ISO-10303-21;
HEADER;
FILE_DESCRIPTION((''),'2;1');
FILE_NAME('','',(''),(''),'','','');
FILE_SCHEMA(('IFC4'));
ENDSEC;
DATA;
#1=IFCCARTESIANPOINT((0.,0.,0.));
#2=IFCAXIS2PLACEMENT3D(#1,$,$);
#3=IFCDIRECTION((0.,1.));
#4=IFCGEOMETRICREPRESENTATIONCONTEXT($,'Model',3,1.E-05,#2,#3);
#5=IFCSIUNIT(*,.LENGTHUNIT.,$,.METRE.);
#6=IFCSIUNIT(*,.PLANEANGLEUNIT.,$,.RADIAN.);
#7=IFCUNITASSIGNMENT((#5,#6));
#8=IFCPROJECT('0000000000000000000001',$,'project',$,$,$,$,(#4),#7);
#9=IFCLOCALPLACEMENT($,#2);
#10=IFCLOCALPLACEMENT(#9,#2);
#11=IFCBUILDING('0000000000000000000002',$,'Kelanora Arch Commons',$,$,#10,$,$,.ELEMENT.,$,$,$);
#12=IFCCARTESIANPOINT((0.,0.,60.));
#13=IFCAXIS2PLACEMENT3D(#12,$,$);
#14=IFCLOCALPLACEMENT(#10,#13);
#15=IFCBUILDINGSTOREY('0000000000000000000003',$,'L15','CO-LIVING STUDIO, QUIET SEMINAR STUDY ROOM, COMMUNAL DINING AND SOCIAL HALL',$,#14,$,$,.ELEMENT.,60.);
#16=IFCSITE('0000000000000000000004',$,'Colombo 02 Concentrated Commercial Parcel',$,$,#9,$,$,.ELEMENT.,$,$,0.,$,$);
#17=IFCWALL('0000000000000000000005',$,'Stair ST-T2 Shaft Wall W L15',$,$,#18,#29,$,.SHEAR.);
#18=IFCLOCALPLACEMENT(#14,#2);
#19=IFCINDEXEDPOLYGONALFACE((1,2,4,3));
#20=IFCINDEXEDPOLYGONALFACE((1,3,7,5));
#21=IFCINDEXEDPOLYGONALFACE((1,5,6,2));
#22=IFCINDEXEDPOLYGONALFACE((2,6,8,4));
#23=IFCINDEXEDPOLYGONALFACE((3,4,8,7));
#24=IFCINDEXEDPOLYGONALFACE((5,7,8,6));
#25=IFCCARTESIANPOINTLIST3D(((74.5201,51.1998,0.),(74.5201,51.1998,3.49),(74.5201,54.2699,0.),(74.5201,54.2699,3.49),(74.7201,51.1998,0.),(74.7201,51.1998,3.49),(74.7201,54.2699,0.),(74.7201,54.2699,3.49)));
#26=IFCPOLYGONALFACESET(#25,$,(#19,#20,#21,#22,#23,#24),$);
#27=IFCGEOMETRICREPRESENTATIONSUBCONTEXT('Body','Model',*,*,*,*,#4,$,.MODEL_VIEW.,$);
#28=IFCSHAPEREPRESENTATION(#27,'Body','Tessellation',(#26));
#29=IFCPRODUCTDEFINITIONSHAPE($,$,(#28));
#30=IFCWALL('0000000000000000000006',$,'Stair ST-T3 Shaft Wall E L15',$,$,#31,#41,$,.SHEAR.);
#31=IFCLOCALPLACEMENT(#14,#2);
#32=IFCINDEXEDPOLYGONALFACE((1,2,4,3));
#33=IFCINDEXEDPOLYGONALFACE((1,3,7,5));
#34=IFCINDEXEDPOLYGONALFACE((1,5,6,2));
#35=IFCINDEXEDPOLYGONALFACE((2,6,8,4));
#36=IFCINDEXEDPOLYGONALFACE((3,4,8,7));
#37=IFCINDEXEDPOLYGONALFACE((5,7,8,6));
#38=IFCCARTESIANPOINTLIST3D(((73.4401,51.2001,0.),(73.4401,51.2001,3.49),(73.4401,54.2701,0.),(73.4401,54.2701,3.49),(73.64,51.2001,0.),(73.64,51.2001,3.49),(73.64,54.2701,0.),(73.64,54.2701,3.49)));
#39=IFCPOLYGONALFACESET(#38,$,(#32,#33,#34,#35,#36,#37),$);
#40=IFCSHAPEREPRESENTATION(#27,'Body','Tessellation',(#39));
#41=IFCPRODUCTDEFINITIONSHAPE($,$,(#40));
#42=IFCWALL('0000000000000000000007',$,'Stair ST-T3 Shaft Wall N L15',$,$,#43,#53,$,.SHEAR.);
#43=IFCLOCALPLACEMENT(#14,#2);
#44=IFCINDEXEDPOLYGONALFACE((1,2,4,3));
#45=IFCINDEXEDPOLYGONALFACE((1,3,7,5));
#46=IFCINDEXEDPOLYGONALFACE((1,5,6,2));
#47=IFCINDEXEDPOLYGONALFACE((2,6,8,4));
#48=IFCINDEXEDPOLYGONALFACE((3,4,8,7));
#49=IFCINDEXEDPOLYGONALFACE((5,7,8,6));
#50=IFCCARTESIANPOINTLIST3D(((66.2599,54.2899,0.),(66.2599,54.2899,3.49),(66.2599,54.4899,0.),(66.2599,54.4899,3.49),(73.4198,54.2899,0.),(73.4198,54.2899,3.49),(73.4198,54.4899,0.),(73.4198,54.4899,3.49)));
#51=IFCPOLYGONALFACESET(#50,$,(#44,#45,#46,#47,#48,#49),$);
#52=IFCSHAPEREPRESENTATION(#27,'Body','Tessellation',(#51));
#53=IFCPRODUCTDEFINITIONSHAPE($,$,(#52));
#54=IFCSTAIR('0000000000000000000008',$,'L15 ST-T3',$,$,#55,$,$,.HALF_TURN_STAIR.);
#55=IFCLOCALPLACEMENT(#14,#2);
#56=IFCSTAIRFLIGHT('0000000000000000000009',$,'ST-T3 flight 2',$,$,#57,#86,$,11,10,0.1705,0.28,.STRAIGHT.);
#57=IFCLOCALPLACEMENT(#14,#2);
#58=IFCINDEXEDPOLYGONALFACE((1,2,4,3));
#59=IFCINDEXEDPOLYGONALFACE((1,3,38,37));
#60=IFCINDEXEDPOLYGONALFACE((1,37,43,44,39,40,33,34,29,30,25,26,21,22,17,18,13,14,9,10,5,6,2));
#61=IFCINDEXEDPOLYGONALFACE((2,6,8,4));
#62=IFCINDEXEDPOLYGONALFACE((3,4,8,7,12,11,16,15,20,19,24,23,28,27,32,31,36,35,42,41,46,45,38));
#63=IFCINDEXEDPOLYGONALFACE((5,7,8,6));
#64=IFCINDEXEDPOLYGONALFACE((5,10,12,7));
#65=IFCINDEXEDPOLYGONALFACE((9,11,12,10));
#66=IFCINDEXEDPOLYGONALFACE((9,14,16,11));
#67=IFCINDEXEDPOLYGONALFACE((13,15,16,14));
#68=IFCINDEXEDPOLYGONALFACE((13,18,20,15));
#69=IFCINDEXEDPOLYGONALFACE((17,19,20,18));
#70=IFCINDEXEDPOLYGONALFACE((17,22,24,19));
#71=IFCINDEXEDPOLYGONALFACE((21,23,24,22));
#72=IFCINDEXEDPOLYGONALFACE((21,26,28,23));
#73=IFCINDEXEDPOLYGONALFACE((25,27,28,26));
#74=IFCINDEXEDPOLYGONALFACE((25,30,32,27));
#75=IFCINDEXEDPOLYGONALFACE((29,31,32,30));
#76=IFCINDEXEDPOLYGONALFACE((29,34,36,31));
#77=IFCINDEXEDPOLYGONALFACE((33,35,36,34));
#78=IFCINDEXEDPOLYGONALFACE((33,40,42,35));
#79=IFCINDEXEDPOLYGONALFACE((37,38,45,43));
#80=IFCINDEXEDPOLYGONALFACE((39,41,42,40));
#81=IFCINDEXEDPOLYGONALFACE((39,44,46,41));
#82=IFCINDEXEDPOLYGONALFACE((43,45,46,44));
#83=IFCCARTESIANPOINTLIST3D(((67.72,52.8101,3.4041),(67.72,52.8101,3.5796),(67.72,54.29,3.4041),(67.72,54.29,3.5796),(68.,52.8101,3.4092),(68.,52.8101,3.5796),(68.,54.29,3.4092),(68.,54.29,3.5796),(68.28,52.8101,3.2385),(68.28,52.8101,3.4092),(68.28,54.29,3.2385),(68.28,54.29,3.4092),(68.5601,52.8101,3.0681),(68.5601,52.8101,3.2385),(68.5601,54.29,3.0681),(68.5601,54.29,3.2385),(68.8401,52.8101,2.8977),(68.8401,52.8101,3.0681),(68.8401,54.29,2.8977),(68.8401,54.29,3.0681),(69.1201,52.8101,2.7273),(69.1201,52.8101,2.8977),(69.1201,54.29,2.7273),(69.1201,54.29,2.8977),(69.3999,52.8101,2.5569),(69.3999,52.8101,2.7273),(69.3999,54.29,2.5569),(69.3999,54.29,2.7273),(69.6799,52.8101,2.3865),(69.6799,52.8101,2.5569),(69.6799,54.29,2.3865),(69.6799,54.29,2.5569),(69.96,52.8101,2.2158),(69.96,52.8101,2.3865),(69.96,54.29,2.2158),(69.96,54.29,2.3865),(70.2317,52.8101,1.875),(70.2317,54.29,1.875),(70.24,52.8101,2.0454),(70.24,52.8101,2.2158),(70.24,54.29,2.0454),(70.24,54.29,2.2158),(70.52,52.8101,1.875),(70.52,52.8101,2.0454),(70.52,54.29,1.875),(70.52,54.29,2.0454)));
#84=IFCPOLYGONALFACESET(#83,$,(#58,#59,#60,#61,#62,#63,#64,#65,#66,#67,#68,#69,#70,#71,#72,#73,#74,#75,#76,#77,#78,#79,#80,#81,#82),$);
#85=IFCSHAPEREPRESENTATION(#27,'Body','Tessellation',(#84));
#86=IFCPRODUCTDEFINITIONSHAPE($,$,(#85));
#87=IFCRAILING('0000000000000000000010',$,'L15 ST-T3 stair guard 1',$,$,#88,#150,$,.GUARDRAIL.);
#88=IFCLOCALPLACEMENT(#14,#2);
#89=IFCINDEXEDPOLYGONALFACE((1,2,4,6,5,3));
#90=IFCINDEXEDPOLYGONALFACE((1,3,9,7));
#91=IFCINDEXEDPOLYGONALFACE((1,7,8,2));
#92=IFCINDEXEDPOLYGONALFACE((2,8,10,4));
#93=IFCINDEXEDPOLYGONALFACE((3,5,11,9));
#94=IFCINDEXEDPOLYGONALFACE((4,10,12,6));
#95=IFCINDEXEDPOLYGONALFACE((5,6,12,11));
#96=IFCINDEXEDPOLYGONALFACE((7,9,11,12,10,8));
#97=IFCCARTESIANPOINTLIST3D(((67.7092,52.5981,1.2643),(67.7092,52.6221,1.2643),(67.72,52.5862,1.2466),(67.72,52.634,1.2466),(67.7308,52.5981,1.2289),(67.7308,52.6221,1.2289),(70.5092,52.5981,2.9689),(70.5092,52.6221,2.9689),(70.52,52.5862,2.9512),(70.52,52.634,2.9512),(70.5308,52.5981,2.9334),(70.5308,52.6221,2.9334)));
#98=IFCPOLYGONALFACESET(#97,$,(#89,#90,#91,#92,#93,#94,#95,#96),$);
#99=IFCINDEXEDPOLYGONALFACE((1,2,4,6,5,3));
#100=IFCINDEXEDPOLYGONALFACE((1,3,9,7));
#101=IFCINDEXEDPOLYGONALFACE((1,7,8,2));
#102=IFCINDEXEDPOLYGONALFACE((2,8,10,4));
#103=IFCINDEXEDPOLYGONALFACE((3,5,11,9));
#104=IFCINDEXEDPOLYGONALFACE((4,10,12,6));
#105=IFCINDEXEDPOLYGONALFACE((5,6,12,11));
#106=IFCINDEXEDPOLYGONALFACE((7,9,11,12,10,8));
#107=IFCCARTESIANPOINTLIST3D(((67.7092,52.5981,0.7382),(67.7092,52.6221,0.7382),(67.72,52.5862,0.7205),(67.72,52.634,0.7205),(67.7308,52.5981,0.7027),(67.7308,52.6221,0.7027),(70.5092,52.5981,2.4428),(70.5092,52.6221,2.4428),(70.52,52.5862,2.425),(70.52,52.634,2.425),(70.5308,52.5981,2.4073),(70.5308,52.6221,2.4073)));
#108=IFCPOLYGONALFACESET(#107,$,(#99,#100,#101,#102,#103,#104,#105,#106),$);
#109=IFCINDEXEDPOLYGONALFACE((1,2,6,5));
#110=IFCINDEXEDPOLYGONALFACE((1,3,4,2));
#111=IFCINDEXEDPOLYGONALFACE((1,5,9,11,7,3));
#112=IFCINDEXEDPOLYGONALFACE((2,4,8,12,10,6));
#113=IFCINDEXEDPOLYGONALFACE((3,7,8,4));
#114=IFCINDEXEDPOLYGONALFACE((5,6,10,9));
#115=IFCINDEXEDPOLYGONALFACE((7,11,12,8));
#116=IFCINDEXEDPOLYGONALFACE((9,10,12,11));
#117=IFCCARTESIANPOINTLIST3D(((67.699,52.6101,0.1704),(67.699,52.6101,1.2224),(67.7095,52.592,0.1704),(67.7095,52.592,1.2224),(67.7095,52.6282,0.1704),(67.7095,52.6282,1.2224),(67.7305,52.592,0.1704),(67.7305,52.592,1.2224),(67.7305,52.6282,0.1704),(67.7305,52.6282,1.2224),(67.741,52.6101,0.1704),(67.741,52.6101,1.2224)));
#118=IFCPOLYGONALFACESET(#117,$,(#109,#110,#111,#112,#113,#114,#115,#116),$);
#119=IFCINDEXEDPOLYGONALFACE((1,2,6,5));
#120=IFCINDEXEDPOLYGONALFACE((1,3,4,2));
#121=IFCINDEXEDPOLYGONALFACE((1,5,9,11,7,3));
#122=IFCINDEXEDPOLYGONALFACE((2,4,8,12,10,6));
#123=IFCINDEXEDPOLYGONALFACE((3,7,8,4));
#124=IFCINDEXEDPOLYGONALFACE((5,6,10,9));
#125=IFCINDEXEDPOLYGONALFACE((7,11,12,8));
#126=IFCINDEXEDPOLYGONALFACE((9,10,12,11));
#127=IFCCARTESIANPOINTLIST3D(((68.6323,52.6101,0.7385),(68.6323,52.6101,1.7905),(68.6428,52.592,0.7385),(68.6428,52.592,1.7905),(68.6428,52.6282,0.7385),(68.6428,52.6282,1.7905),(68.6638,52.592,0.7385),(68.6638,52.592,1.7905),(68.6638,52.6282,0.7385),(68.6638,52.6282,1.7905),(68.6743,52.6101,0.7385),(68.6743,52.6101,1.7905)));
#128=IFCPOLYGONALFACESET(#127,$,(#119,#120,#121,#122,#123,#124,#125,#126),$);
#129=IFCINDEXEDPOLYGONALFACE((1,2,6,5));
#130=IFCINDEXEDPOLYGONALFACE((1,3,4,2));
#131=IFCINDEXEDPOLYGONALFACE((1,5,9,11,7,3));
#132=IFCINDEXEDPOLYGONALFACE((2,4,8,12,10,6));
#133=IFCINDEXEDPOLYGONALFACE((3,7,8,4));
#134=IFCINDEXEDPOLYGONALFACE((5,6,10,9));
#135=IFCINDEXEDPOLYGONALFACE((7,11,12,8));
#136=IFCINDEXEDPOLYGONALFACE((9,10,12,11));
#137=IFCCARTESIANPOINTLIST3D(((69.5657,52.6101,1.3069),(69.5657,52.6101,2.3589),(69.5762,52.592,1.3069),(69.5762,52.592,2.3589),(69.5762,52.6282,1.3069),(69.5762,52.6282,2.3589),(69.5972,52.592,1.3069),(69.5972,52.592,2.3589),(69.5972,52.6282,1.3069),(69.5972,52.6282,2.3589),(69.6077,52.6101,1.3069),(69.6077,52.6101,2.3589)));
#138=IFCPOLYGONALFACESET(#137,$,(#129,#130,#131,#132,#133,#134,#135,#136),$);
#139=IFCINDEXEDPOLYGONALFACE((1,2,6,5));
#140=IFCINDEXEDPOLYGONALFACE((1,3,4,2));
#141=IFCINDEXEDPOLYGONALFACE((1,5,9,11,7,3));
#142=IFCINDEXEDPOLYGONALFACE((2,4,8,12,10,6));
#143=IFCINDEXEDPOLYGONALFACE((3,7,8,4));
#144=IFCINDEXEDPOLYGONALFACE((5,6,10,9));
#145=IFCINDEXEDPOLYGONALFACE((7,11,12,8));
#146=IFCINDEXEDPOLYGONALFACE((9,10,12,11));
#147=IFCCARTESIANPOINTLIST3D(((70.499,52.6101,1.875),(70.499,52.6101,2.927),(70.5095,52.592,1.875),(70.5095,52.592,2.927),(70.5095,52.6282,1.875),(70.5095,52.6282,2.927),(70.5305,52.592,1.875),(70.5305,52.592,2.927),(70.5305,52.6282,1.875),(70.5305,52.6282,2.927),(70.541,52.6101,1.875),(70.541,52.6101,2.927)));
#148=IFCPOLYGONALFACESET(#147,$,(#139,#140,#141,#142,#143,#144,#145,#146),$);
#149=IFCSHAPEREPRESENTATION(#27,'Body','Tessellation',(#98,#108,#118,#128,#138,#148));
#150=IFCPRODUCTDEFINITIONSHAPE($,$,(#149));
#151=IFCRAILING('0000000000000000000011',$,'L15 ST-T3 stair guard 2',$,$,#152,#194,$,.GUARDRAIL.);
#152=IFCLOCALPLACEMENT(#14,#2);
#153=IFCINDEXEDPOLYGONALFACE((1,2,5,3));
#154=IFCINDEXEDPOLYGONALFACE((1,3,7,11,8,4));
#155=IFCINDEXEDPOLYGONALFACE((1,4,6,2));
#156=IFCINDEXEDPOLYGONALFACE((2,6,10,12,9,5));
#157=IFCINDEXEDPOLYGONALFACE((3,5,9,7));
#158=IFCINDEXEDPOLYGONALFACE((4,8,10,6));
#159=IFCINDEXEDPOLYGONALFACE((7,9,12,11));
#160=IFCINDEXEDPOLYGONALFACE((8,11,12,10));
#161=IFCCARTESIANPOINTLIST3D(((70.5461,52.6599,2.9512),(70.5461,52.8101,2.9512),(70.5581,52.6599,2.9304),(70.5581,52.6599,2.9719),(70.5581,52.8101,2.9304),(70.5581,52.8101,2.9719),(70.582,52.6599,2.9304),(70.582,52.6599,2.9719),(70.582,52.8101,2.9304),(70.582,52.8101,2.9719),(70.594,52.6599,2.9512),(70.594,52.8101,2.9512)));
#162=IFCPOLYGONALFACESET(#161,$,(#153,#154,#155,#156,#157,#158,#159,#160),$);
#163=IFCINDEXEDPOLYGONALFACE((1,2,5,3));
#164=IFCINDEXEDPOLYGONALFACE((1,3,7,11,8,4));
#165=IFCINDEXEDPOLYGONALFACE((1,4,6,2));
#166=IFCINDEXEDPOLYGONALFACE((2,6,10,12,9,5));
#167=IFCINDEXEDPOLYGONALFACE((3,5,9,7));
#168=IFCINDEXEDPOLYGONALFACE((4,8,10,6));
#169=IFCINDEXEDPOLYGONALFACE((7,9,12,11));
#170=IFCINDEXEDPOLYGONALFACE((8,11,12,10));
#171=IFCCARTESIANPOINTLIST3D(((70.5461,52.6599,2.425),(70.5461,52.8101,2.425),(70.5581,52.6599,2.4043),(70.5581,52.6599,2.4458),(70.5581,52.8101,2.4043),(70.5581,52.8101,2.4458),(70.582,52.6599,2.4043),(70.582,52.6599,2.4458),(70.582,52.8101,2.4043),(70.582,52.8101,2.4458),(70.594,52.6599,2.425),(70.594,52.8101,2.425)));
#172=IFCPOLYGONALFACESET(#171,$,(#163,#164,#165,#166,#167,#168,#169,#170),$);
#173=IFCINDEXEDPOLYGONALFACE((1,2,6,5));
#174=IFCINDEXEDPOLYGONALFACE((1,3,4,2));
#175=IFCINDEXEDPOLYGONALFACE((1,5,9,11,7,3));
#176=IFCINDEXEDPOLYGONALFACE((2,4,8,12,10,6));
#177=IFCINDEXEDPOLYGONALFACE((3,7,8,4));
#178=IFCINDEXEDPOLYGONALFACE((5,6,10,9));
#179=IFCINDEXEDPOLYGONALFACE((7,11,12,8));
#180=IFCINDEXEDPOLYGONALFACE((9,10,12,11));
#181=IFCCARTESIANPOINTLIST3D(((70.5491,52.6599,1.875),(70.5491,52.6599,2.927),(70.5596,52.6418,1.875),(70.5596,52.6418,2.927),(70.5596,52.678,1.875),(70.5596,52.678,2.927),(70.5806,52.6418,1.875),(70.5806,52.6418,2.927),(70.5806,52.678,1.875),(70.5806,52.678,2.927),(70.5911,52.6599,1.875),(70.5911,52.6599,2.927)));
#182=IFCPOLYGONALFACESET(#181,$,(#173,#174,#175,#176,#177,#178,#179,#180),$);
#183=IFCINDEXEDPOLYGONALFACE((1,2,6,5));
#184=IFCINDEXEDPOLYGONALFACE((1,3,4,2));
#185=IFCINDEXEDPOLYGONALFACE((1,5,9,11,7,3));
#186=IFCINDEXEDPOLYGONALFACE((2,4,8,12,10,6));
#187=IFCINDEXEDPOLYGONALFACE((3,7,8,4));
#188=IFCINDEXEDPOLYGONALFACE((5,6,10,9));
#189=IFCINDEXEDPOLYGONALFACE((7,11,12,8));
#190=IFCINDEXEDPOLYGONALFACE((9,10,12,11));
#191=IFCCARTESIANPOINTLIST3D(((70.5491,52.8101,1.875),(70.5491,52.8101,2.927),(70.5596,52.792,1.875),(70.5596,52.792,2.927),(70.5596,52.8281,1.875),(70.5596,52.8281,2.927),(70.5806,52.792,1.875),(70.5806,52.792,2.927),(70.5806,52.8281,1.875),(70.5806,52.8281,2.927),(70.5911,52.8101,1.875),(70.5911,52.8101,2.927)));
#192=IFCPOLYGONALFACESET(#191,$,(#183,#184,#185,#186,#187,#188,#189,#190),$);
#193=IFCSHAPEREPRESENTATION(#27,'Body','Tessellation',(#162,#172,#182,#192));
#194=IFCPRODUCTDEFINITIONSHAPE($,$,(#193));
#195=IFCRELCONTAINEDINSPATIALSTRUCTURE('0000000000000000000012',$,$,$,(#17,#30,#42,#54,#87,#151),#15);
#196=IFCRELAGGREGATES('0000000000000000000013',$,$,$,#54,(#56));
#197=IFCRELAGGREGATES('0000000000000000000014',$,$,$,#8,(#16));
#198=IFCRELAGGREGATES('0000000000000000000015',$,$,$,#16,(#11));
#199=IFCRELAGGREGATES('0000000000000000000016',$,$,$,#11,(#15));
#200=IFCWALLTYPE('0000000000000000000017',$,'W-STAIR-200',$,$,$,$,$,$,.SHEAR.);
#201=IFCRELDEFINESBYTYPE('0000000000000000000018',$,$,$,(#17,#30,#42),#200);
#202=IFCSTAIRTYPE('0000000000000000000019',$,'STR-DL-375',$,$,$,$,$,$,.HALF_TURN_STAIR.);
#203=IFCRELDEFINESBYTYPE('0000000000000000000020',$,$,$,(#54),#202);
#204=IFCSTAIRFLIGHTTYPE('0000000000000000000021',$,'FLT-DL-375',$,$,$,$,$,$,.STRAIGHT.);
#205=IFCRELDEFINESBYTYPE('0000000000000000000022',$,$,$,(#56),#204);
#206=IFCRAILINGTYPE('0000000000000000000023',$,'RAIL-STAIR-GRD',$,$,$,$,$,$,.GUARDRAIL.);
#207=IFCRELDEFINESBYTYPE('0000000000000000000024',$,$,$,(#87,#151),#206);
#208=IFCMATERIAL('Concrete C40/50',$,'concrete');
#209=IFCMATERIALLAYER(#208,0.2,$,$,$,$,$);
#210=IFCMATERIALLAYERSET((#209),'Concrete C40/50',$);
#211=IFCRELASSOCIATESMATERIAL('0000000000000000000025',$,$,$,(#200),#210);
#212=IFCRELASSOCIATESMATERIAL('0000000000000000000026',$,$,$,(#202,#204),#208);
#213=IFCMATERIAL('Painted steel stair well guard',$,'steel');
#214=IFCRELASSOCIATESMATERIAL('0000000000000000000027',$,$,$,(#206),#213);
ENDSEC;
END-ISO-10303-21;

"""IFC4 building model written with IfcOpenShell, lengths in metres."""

from ifc_helpers import new_model, si_unit, direction, frame, frame_2d, origin, place, context, subcontext, project, spatial, polyline, rectangle, outline, extrude, material, layer, layer_set, type_object, element, aggregate, save


model = new_model("IFC4")

# Units and contexts
model_context = context("Model", 3, precision=1e-05, world=origin(), true_north=direction((0.0, 1.0)))
body_context = subcontext(model_context, "Body", "Model", "MODEL_VIEW")
ifc_project = project(units=[si_unit("LENGTHUNIT", "METRE"), si_unit("PLANEANGLEUNIT", "RADIAN")], contexts=[model_context])

# Site, building, storey
site_placement = place(None, origin())
site = spatial("IfcSite", under=ifc_project, at=site_placement, Name="Colombo 02 Concentrated Commercial Parcel", CompositionType="ELEMENT", RefElevation=0.0)
building_placement = place(site_placement, origin())
building = spatial("IfcBuilding", under=site, at=building_placement, Name="Kelanora Arch Commons", CompositionType="ELEMENT")
storey_placement = place(building_placement, frame((0.0, 0.0, 60.0)))
storey = spatial("IfcBuildingStorey", under=building, at=storey_placement, Name="L15", Description="CO-LIVING STUDIO, QUIET SEMINAR STUDY ROOM, COMMUNAL DINING AND SOCIAL HALL", CompositionType="ELEMENT", Elevation=60.0)

# Shared definitions
ifc_material_1 = material(Name="Concrete C40/50", Category="concrete")
ifc_layer_1 = layer(ifc_material_1, 0.2)
ifc_layer_set_1 = layer_set([ifc_layer_1], Name="Concrete C40/50")
wall_type_1 = type_object("IfcWallType", Name="W-STAIR-200", PredefinedType="SHEAR", material=ifc_layer_set_1)

# Walls
for number, where, z_axis, x_axis, name in (
    (1, (74.6201, 54.27, 0.0), (0.0, 0.0, 1.0), (0.0, -1.0, 0.0), "Stair ST-T2 Shaft Wall W L15"),
    (2, (73.54, 51.2, 0.0), (0.0, 0.0, 1.0), (0.0, 1.0, 0.0), "Stair ST-T3 Shaft Wall E L15"),
):
    element("IfcWall", number, at=place(storey_placement, frame(where, z_axis=z_axis, x_axis=x_axis)), inside=storey, type_object=wall_type_1, Name=name, PredefinedType="SHEAR", context=body_context, shape_type="SweptSolid", body=[
        extrude(rectangle(XDim=3.0701, YDim=0.2, at=frame_2d((1.5352, 0.0))), origin(), (0.0, 0.0, 1.0), 3.49),
    ])
wall_1_placement = place(storey_placement, frame((73.4199, 54.3899, 0.0), z_axis=(0.0, 0.0, 1.0), x_axis=(-1.0, 0.0, 0.0)))
element("IfcWall", 3, at=wall_1_placement, inside=storey, type_object=wall_type_1, Name="Stair ST-T3 Shaft Wall N L15", PredefinedType="SHEAR", context=body_context, shape_type="SweptSolid", body=[
    extrude(rectangle(XDim=7.1599, YDim=0.2, at=frame_2d((3.5801, 0.0))), origin(), (0.0, 0.0, 1.0), 3.49),
])

# Stair, stair flight
stair_type = type_object("IfcStairType", Name="STR-DL-375", PredefinedType="HALF_TURN_STAIR", material=ifc_material_1)
stair_placement = place(storey_placement, origin())
stair = element("IfcStair", 4, at=stair_placement, inside=storey, type_object=stair_type, Name="L15 ST-T3", PredefinedType="HALF_TURN_STAIR")
stair_flight_type = type_object("IfcStairFlightType", Name="FLT-DL-375", PredefinedType="STRAIGHT", material=ifc_material_1)
stair_flight_placement = place(storey_placement, frame((70.52, 53.55, 1.875), z_axis=(0.0, 0.0, 1.0), x_axis=(-1.0, 0.0, 0.0)))
stair_flight = element("IfcStairFlight", 5, at=stair_flight_placement, type_object=stair_flight_type, Name="ST-T3 flight 2", NumberOfRisers=11, NumberOfTreads=10, PredefinedType="STRAIGHT", RiserHeight=0.1705, TreadLength=0.28, context=body_context, shape_type="SweptSolid", body=[
    extrude(outline(polyline([(0.0, 0.0), (0.0, 0.1704), (0.28, 0.1704), (0.28, 0.3408), (0.5601, 0.3408), (0.5601, 0.5115), (0.8401, 0.5115), (0.8401, 0.6819), (1.1201, 0.6819), (1.1201, 0.8523), (1.3999, 0.8523), (1.3999, 1.0227), (1.6799, 1.0227), (1.6799, 1.1931), (1.96, 1.1931), (1.96, 1.3635), (2.24, 1.3635), (2.24, 1.5342), (2.52, 1.5342), (2.52, 1.7046), (2.8, 1.7046), (2.8, 1.875), (2.8, 1.5291), (0.2883, 0.0), (0.0, 0.0)])), frame((0.0, 0.74, 0.0), z_axis=(0.0, -1.0, 0.0), x_axis=(1.0, 0.0, 0.0)), (0.0, 0.0, 1.0), 1.48),
])
aggregate(stair, [stair_flight])

# Railings
ifc_material_2 = material(Name="Painted steel stair well guard", Category="steel")
railing_type_1 = type_object("IfcRailingType", Name="RAIL-STAIR-GRD", PredefinedType="GUARDRAIL", material=ifc_material_2)
railing_1_placement = place(storey_placement, frame((67.72, 52.6101, 0.1704)))
element("IfcRailing", 6, at=railing_1_placement, inside=storey, type_object=railing_type_1, Name="L15 ST-T3 stair guard 1", PredefinedType="GUARDRAIL", context=body_context, shape_type="SweptSolid", body=[
    extrude(outline(polyline([(0.0239, 0.0), (0.012, 0.0208), (-0.012, 0.0208), (-0.0239, 0.0), (-0.012, -0.0208), (0.012, -0.0208), (0.0239, 0.0)])), frame((0.0, 0.0, 1.0762), z_axis=(0.85417, 0.0, 0.519994), x_axis=(0.0, 1.0, 0.0)), (0.0, 0.0, 1.0), 3.2781),
    extrude(outline(polyline([(0.0239, 0.0), (0.012, 0.0208), (-0.012, 0.0208), (-0.0239, 0.0), (-0.012, -0.0208), (0.012, -0.0208), (0.0239, 0.0)])), frame((0.0, 0.0, 0.55), z_axis=(0.85417, 0.0, 0.519994), x_axis=(0.0, 1.0, 0.0)), (0.0, 0.0, 1.0), 3.2781),
    extrude(outline(polyline([(0.021, 0.0), (0.0105, 0.0181), (-0.0105, 0.0181), (-0.021, 0.0), (-0.0105, -0.0181), (0.0105, -0.0181), (0.021, 0.0)])), origin(), (0.0, 0.0, 1.0), 1.052),
    extrude(outline(polyline([(0.021, 0.0), (0.0105, 0.0181), (-0.0105, 0.0181), (-0.021, 0.0), (-0.0105, -0.0181), (0.0105, -0.0181), (0.021, 0.0)])), frame((0.9333, 0.0, 0.5681)), (0.0, 0.0, 1.0), 1.052),
    extrude(outline(polyline([(0.021, 0.0), (0.0105, 0.0181), (-0.0105, 0.0181), (-0.021, 0.0), (-0.0105, -0.0181), (0.0105, -0.0181), (0.021, 0.0)])), frame((1.8667, 0.0, 1.1365)), (0.0, 0.0, 1.0), 1.052),
    extrude(outline(polyline([(0.021, 0.0), (0.0105, 0.0181), (-0.0105, 0.0181), (-0.021, 0.0), (-0.0105, -0.0181), (0.0105, -0.0181), (0.021, 0.0)])), frame((2.8, 0.0, 1.7046)), (0.0, 0.0, 1.0), 1.052),
])
railing_2_placement = place(storey_placement, frame((70.5701, 52.6599, 1.875)))
element("IfcRailing", 7, at=railing_2_placement, inside=storey, type_object=railing_type_1, Name="L15 ST-T3 stair guard 2", PredefinedType="GUARDRAIL", context=body_context, shape_type="SweptSolid", body=[
    extrude(outline(polyline([(0.0239, 0.0), (0.012, 0.0208), (-0.012, 0.0208), (-0.0239, 0.0), (-0.012, -0.0208), (0.012, -0.0208), (0.0239, 0.0)])), frame((0.0, 0.0, 1.0762), z_axis=(0.0, 1.0, 0.0), x_axis=(-1.0, 0.0, 0.0)), (0.0, 0.0, 1.0), 0.1501),
    extrude(outline(polyline([(0.0239, 0.0), (0.012, 0.0208), (-0.012, 0.0208), (-0.0239, 0.0), (-0.012, -0.0208), (0.012, -0.0208), (0.0239, 0.0)])), frame((0.0, 0.0, 0.55), z_axis=(0.0, 1.0, 0.0), x_axis=(-1.0, 0.0, 0.0)), (0.0, 0.0, 1.0), 0.1501),
    extrude(outline(polyline([(0.021, 0.0), (0.0105, 0.0181), (-0.0105, 0.0181), (-0.021, 0.0), (-0.0105, -0.0181), (0.0105, -0.0181), (0.021, 0.0)])), origin(), (0.0, 0.0, 1.0), 1.052),
    extrude(outline(polyline([(0.021, 0.0), (0.0105, 0.0181), (-0.0105, 0.0181), (-0.021, 0.0), (-0.0105, -0.0181), (0.0105, -0.0181), (0.021, 0.0)])), frame((0.0, 0.1501, 0.0)), (0.0, 0.0, 1.0), 1.052),
])

save(model, "model.ifc")
